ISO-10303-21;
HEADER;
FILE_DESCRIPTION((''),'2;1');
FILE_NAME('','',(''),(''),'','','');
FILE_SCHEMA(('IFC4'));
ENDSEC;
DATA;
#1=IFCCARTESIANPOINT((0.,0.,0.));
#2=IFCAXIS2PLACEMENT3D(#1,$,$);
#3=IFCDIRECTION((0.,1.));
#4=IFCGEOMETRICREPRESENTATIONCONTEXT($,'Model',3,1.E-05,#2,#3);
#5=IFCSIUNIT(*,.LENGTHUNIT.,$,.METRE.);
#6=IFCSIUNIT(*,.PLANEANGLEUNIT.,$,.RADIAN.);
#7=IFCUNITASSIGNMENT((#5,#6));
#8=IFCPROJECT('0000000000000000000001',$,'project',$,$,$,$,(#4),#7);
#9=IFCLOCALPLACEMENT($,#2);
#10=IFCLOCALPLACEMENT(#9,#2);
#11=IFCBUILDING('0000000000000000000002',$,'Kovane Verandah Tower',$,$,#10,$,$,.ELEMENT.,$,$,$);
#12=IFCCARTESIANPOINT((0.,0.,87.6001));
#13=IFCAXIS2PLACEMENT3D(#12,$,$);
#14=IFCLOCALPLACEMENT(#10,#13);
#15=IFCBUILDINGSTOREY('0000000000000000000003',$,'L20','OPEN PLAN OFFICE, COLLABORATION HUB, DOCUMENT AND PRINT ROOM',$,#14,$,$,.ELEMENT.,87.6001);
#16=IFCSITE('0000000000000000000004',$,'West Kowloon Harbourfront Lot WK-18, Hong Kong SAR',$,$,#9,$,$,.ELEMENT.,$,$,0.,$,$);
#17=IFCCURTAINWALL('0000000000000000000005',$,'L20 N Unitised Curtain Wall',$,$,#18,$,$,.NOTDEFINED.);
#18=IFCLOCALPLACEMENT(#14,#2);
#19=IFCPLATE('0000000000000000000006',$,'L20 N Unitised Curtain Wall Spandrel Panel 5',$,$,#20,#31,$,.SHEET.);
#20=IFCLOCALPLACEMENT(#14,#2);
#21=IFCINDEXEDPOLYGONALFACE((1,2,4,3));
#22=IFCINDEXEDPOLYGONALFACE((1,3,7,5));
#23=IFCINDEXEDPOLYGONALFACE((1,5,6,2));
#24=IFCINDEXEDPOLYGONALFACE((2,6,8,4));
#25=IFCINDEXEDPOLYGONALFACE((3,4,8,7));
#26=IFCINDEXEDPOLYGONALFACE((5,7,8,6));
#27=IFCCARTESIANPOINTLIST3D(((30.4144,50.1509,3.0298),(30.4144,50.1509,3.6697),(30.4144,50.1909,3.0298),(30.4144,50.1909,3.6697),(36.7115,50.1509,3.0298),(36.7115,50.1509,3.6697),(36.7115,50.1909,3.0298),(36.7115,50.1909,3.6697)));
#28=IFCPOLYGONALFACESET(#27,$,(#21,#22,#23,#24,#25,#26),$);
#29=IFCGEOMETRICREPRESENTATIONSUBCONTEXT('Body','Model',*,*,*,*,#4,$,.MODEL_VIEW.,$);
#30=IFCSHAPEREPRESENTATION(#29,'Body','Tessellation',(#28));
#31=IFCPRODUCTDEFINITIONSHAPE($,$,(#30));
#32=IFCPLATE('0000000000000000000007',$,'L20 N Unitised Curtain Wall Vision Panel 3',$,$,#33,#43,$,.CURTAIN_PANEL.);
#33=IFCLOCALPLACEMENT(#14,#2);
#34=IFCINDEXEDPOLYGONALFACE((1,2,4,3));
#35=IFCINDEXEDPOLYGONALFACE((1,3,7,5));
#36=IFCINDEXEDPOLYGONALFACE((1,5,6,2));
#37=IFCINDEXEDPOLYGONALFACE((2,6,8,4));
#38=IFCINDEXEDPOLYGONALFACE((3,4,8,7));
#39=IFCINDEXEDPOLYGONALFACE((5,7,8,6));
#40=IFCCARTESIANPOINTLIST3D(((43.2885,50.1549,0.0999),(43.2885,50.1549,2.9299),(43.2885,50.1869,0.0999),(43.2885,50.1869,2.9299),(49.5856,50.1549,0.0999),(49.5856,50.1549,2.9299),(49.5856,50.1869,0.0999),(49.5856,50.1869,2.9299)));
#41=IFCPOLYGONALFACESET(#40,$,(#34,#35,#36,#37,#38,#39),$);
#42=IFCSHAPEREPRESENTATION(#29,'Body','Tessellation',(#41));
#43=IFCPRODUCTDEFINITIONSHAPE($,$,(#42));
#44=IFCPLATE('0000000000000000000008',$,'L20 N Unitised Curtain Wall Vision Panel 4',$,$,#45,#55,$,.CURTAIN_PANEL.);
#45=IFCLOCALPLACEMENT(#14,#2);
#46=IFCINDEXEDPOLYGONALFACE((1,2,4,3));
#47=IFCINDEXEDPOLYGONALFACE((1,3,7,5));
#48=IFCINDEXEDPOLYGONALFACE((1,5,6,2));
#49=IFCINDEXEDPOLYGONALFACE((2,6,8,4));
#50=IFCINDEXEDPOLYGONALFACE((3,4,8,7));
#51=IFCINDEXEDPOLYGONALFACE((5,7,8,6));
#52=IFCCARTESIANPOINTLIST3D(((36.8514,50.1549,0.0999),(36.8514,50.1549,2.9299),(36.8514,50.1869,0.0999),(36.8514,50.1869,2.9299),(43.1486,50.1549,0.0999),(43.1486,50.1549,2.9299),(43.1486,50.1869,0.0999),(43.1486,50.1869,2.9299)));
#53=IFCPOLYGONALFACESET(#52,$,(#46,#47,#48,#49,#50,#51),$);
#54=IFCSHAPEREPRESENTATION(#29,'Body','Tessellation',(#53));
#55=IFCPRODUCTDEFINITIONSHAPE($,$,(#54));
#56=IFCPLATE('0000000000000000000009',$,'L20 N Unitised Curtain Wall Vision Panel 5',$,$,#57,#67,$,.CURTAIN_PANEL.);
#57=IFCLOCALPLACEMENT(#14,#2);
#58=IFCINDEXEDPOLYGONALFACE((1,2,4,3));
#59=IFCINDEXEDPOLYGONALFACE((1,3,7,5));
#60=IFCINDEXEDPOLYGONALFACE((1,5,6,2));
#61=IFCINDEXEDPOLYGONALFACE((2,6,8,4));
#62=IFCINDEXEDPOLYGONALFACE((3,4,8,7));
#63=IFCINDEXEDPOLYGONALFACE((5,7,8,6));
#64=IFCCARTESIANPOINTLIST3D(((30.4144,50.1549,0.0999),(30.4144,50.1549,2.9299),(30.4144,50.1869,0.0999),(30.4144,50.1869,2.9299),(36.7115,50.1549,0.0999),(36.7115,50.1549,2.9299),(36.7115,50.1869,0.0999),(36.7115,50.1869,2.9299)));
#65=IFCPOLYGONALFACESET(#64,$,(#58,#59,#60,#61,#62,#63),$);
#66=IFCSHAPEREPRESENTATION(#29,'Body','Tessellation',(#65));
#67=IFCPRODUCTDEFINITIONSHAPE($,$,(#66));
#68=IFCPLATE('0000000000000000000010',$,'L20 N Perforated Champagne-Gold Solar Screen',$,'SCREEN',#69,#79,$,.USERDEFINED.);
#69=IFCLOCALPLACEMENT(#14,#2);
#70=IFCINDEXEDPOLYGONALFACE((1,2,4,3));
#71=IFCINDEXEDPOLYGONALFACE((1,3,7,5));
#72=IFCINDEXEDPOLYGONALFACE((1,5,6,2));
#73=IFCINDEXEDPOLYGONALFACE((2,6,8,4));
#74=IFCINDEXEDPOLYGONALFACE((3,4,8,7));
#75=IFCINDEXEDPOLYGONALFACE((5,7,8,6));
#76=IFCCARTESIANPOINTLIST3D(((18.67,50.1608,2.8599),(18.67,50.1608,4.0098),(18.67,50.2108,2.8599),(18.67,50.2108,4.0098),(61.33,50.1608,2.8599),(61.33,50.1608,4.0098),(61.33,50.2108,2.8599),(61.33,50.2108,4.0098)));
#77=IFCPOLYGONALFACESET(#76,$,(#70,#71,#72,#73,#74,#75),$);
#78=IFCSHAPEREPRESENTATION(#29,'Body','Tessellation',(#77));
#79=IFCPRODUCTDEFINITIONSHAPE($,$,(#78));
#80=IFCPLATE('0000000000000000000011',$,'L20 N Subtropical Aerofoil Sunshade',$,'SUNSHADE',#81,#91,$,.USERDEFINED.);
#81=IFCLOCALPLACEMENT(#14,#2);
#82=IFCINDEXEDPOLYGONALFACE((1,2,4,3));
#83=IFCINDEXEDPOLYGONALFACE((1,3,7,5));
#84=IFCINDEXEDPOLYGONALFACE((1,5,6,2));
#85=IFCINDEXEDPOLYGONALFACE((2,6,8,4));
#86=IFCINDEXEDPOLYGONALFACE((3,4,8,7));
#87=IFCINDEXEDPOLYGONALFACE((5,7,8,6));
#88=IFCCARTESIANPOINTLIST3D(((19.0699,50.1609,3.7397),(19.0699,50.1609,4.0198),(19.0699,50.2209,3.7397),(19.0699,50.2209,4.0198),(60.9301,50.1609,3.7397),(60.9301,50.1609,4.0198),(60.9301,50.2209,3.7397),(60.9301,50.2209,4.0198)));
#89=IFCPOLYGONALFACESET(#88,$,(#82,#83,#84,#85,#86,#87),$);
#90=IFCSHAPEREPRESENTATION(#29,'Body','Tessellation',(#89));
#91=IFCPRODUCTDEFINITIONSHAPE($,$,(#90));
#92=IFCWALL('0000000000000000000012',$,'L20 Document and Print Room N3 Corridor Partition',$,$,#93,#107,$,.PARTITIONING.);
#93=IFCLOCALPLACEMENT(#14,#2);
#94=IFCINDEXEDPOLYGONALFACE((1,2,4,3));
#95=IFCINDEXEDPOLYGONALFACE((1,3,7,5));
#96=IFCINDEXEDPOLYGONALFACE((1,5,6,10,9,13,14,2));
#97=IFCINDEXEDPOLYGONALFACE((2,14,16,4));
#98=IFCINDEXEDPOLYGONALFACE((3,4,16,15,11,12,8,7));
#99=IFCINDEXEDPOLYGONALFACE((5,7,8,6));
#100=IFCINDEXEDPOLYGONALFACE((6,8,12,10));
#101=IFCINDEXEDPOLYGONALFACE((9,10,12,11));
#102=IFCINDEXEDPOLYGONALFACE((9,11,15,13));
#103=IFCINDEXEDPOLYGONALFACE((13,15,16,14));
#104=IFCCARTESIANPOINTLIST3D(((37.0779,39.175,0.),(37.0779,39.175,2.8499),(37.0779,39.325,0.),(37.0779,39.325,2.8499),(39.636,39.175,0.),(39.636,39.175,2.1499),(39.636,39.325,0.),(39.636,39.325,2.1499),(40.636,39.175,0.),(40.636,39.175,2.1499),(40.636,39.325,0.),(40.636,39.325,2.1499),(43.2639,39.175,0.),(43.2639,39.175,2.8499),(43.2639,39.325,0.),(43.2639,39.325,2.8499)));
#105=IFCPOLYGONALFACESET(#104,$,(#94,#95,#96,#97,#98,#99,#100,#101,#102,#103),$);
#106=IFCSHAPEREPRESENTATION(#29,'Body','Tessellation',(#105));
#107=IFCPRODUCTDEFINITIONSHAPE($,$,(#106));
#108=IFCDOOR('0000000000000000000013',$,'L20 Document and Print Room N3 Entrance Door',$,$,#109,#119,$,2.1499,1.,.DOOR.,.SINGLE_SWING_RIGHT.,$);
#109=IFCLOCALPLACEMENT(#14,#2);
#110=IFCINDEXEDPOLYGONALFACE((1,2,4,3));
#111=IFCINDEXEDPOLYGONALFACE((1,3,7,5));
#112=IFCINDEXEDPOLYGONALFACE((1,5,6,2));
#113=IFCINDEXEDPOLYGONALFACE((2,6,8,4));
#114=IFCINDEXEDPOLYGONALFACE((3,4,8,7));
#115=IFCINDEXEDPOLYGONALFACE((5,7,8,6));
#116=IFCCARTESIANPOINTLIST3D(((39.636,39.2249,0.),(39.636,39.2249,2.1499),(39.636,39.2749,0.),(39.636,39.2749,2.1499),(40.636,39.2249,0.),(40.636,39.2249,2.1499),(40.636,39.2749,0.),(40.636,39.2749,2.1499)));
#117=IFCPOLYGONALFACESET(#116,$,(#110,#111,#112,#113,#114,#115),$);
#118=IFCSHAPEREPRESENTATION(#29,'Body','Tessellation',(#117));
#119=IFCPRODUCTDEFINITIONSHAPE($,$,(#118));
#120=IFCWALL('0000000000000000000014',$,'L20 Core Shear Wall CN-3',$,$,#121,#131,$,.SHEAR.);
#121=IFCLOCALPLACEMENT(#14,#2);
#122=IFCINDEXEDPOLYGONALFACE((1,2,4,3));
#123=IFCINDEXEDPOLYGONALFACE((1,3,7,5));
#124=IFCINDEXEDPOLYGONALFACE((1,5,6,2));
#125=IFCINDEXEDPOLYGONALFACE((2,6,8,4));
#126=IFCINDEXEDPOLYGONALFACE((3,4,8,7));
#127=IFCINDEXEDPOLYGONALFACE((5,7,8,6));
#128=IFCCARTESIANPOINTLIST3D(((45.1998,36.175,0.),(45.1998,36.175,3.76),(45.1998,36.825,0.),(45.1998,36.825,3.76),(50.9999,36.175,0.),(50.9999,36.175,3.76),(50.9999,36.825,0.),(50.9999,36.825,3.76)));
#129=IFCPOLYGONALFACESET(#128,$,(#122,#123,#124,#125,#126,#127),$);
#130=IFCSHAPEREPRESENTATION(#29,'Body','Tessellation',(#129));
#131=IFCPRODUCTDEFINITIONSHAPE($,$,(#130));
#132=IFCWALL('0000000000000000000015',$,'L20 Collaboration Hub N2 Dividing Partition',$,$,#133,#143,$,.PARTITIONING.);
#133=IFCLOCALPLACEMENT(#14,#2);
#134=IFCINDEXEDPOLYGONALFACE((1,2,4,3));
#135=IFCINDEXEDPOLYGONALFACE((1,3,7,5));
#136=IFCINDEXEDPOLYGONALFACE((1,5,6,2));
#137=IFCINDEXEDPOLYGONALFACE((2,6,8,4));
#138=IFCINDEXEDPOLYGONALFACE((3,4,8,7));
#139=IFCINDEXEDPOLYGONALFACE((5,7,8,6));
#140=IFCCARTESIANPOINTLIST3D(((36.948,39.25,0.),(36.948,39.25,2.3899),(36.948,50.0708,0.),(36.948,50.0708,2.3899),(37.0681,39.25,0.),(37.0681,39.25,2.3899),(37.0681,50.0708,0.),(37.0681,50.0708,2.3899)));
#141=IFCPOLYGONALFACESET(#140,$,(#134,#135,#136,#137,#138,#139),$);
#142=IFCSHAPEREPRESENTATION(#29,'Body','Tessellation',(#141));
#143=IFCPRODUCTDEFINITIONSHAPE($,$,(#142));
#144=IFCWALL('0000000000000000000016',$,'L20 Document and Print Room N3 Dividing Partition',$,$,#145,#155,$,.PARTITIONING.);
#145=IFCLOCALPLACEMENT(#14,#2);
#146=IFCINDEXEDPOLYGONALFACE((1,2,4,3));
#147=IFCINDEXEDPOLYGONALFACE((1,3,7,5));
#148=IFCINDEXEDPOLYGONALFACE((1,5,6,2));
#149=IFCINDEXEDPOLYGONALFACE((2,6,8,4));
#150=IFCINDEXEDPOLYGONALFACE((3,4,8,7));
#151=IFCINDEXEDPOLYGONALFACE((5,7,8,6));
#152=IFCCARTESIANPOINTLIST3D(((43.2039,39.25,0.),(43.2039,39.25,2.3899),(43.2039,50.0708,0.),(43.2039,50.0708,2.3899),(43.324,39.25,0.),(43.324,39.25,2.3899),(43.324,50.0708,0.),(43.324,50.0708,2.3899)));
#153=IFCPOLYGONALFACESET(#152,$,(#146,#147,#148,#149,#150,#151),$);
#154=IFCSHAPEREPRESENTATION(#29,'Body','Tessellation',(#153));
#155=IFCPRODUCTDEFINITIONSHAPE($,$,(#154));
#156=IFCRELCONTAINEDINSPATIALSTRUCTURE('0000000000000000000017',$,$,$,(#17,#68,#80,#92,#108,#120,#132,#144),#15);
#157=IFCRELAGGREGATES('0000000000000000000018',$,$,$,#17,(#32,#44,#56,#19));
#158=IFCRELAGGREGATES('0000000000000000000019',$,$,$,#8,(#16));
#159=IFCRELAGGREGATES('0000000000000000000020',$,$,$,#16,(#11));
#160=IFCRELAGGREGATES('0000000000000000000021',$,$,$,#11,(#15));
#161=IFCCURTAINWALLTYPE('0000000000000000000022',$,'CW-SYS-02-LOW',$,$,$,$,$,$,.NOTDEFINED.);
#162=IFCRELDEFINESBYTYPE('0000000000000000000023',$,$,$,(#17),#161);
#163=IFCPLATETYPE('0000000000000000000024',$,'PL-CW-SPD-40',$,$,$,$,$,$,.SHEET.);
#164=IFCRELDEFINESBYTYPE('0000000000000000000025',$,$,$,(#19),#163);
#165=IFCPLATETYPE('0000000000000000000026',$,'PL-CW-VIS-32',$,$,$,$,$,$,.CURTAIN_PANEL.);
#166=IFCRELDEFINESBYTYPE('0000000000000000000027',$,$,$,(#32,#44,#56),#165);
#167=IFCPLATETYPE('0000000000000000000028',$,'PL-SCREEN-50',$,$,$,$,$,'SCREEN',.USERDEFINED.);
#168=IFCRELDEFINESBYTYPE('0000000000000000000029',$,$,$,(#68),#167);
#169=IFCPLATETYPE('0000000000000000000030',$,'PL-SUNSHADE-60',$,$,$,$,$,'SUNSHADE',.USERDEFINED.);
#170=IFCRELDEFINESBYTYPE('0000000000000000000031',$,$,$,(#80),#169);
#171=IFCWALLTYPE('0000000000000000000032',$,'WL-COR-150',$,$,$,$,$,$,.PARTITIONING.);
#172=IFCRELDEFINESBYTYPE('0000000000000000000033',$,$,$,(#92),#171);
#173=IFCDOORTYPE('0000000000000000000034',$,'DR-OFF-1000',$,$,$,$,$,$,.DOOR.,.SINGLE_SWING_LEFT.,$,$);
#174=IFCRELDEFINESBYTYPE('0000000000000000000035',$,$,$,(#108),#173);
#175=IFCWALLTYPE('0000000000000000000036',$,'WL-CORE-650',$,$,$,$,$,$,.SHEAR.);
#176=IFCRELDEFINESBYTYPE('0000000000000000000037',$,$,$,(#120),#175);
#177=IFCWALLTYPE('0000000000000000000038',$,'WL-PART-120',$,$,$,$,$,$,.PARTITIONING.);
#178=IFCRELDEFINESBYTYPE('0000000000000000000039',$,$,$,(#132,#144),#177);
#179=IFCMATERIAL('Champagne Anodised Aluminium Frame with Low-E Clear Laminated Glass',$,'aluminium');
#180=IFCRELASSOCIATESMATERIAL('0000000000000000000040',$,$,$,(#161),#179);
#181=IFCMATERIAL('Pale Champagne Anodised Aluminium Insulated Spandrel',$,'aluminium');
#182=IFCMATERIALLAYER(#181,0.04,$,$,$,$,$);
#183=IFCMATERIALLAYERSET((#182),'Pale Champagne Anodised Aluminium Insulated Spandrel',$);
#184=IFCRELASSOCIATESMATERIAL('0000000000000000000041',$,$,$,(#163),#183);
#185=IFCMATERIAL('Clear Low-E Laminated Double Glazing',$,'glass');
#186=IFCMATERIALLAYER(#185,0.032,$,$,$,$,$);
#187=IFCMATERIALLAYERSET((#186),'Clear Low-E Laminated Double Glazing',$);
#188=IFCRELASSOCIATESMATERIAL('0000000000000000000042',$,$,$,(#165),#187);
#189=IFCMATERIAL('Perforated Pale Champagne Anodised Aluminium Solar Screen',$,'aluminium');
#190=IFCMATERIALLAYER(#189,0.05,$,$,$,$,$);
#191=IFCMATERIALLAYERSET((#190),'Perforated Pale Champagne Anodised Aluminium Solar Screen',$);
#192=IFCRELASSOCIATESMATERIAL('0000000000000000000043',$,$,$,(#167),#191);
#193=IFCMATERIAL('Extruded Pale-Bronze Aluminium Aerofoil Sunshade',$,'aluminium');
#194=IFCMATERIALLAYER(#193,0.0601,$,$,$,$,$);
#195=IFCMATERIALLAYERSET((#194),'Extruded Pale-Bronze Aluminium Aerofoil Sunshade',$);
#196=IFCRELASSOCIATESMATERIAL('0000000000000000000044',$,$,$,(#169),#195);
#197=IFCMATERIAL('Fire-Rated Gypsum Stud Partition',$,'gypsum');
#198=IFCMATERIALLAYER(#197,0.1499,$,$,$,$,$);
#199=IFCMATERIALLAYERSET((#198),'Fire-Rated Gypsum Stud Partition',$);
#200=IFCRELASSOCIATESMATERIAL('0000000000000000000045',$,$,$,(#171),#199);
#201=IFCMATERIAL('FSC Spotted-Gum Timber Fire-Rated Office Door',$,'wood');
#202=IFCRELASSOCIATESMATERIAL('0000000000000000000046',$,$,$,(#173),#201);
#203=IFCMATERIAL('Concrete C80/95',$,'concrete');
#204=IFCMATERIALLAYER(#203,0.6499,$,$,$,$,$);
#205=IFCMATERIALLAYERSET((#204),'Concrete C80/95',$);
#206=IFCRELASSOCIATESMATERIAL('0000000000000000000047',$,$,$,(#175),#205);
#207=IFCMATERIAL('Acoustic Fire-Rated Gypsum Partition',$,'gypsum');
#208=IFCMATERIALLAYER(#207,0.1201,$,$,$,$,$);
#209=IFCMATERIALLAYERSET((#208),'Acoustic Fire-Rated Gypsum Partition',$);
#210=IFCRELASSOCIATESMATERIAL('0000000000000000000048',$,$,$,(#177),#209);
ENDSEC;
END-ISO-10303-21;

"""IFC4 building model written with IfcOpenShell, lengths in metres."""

from ifc_helpers import new_model, si_unit, direction, frame, frame_2d, origin, origin_2d, place, context, subcontext, project, spatial, rectangle, extrude, material, layer, layer_set, type_object, element, fill, aggregate, save


model = new_model("IFC4")

# Units and contexts
model_context = context("Model", 3, precision=1e-05, world=origin(), true_north=direction((0.0, 1.0)))
body_context = subcontext(model_context, "Body", "Model", "MODEL_VIEW")
ifc_project = project(units=[si_unit("LENGTHUNIT", "METRE"), si_unit("PLANEANGLEUNIT", "RADIAN")], contexts=[model_context])

# Site, building, storey
site_placement = place(None, origin())
site = spatial("IfcSite", under=ifc_project, at=site_placement, Name="West Kowloon Harbourfront Lot WK-18, Hong Kong SAR", CompositionType="ELEMENT", RefElevation=0.0)
building_placement = place(site_placement, origin())
building = spatial("IfcBuilding", under=site, at=building_placement, Name="Kovane Verandah Tower", CompositionType="ELEMENT")
storey_placement = place(building_placement, frame((0.0, 0.0, 87.6001)))
storey = spatial("IfcBuildingStorey", under=building, at=storey_placement, Name="L20", Description="OPEN PLAN OFFICE, COLLABORATION HUB, DOCUMENT AND PRINT ROOM", CompositionType="ELEMENT", Elevation=87.6001)

# Shared definitions
ifc_material_1 = material(Name="Concrete C80/95", Category="concrete")

# Curtain wall, plates
ifc_material_2 = material(Name="Champagne Anodised Aluminium Frame with Low-E Clear Laminated Glass", Category="aluminium")
curtain_wall_type = type_object("IfcCurtainWallType", Name="CW-SYS-02-LOW", PredefinedType="NOTDEFINED", material=ifc_material_2)
curtain_wall_placement = place(storey_placement, origin())
curtain_wall = element("IfcCurtainWall", 1, at=curtain_wall_placement, inside=storey, type_object=curtain_wall_type, Name="L20 N Unitised Curtain Wall", PredefinedType="NOTDEFINED")
ifc_material_3 = material(Name="Pale Champagne Anodised Aluminium Insulated Spandrel", Category="aluminium")
ifc_layer_1 = layer(ifc_material_3, 0.04)
ifc_layer_set_1 = layer_set([ifc_layer_1], Name="Pale Champagne Anodised Aluminium Insulated Spandrel")
plate_type_1 = type_object("IfcPlateType", Name="PL-CW-SPD-40", PredefinedType="SHEET", material=ifc_layer_set_1)
plate_1_placement = place(storey_placement, frame((33.563, 50.1709, 3.0298), z_axis=(0.0, 0.0, 1.0), x_axis=(-1.0, 0.0, 0.0)))
plate_1 = element("IfcPlate", 2, at=plate_1_placement, type_object=plate_type_1, Name="L20 N Unitised Curtain Wall Spandrel Panel 5", PredefinedType="SHEET", context=body_context, shape_type="SweptSolid", body=[
    extrude(rectangle(XDim=6.2971, YDim=0.04, at=origin_2d()), origin(), (0.0, 0.0, 1.0), 0.6399),
])
ifc_material_4 = material(Name="Clear Low-E Laminated Double Glazing", Category="glass")
ifc_layer_2 = layer(ifc_material_4, 0.032)
ifc_layer_set_2 = layer_set([ifc_layer_2], Name="Clear Low-E Laminated Double Glazing")
plate_type_2 = type_object("IfcPlateType", Name="PL-CW-VIS-32", PredefinedType="CURTAIN_PANEL", material=ifc_layer_set_2)
plate_2_placement = place(storey_placement, frame((46.437, 50.1709, 0.0999), z_axis=(0.0, 0.0, 1.0), x_axis=(-1.0, 0.0, 0.0)))
plate_2 = element("IfcPlate", 3, at=plate_2_placement, type_object=plate_type_2, Name="L20 N Unitised Curtain Wall Vision Panel 3", PredefinedType="CURTAIN_PANEL", context=body_context, shape_type="SweptSolid", body=[
    extrude(rectangle(XDim=6.2971, YDim=0.032, at=origin_2d()), origin(), (0.0, 0.0, 1.0), 2.8301),
])
plate_3_placement = place(storey_placement, frame((40.0, 50.1709, 0.0999), z_axis=(0.0, 0.0, 1.0), x_axis=(-1.0, 0.0, 0.0)))
plate_3 = element("IfcPlate", 4, at=plate_3_placement, type_object=plate_type_2, Name="L20 N Unitised Curtain Wall Vision Panel 4", PredefinedType="CURTAIN_PANEL", context=body_context, shape_type="SweptSolid", body=[
    extrude(rectangle(XDim=6.2971, YDim=0.032, at=origin_2d()), origin(), (0.0, 0.0, 1.0), 2.8301),
])
plate_4_placement = place(storey_placement, frame((33.563, 50.1709, 0.0999), z_axis=(0.0, 0.0, 1.0), x_axis=(-1.0, 0.0, 0.0)))
plate_4 = element("IfcPlate", 5, at=plate_4_placement, type_object=plate_type_2, Name="L20 N Unitised Curtain Wall Vision Panel 5", PredefinedType="CURTAIN_PANEL", context=body_context, shape_type="SweptSolid", body=[
    extrude(rectangle(XDim=6.2971, YDim=0.032, at=origin_2d()), origin(), (0.0, 0.0, 1.0), 2.8301),
])
aggregate(curtain_wall, [plate_2, plate_3, plate_4, plate_1])

# Plates
ifc_material_5 = material(Name="Perforated Pale Champagne Anodised Aluminium Solar Screen", Category="aluminium")
ifc_layer_3 = layer(ifc_material_5, 0.05)
ifc_layer_set_3 = layer_set([ifc_layer_3], Name="Perforated Pale Champagne Anodised Aluminium Solar Screen")
plate_type_3 = type_object("IfcPlateType", Name="PL-SCREEN-50", ElementType="SCREEN", PredefinedType="USERDEFINED", material=ifc_layer_set_3)
plate_5_placement = place(storey_placement, frame((40.0, 50.1858, 2.8599), z_axis=(0.0, 0.0, 1.0), x_axis=(-1.0, 0.0, 0.0)))
element("IfcPlate", 6, at=plate_5_placement, inside=storey, type_object=plate_type_3, Name="L20 N Perforated Champagne-Gold Solar Screen", ObjectType="SCREEN", PredefinedType="USERDEFINED", context=body_context, shape_type="SweptSolid", body=[
    extrude(rectangle(XDim=42.6599, YDim=0.05, at=origin_2d()), origin(), (0.0, 0.0, 1.0), 1.1499),
])
ifc_material_6 = material(Name="Extruded Pale-Bronze Aluminium Aerofoil Sunshade", Category="aluminium")
ifc_layer_4 = layer(ifc_material_6, 0.0601)
ifc_layer_set_4 = layer_set([ifc_layer_4], Name="Extruded Pale-Bronze Aluminium Aerofoil Sunshade")
plate_type_4 = type_object("IfcPlateType", Name="PL-SUNSHADE-60", ElementType="SUNSHADE", PredefinedType="USERDEFINED", material=ifc_layer_set_4)
plate_6_placement = place(storey_placement, frame((40.0, 50.1909, 3.7397), z_axis=(0.0, 0.0, 1.0), x_axis=(-1.0, 0.0, 0.0)))
element("IfcPlate", 7, at=plate_6_placement, inside=storey, type_object=plate_type_4, Name="L20 N Subtropical Aerofoil Sunshade", ObjectType="SUNSHADE", PredefinedType="USERDEFINED", context=body_context, shape_type="SweptSolid", body=[
    extrude(rectangle(XDim=41.8601, YDim=0.0601, at=origin_2d()), origin(), (0.0, 0.0, 1.0), 0.28),
])

# Wall, opening, door
ifc_material_7 = material(Name="Fire-Rated Gypsum Stud Partition", Category="gypsum")
ifc_layer_5 = layer(ifc_material_7, 0.1499)
ifc_layer_set_5 = layer_set([ifc_layer_5], Name="Fire-Rated Gypsum Stud Partition")
wall_type_1 = type_object("IfcWallType", Name="WL-COR-150", PredefinedType="PARTITIONING", material=ifc_layer_set_5)
wall_1_placement = place(storey_placement, frame((37.0779, 39.25, 0.0), z_axis=(0.0, 0.0, 1.0), x_axis=(1.0, 0.0, 0.0)))
wall_1 = element("IfcWall", 8, at=wall_1_placement, inside=storey, type_object=wall_type_1, Name="L20 Document and Print Room N3 Corridor Partition", PredefinedType="PARTITIONING", context=body_context, shape_type="SweptSolid", body=[
    extrude(rectangle(XDim=6.186, YDim=0.1499, at=frame_2d((3.093, 0.0))), origin(), (0.0, 0.0, 1.0), 2.8499),
])
opening_1_placement = place(wall_1_placement, frame((2.5581, 0.0, 0.0)))
opening_1 = element("IfcOpeningElement", 9, at=opening_1_placement, cuts=wall_1, PredefinedType="OPENING", context=body_context, shape_type="SweptSolid", body=[
    extrude(rectangle(XDim=1.0, YDim=2.1499, at=frame_2d((0.5, 1.075))), frame((0.0, 0.075, 0.0), z_axis=(0.0, -1.0, 0.0), x_axis=(1.0, 0.0, 0.0)), (0.0, 0.0, 1.0), 0.1499),
])
ifc_material_8 = material(Name="FSC Spotted-Gum Timber Fire-Rated Office Door", Category="wood")
door_type = type_object("IfcDoorType", Name="DR-OFF-1000", OperationType="SINGLE_SWING_LEFT", PredefinedType="DOOR", material=ifc_material_8)
door_1_placement = place(opening_1_placement, origin())
door_1 = element("IfcDoor", 10, at=door_1_placement, inside=storey, type_object=door_type, Name="L20 Document and Print Room N3 Entrance Door", OperationType="SINGLE_SWING_RIGHT", OverallHeight=2.1499, OverallWidth=1.0, PredefinedType="DOOR", context=body_context, shape_type="SweptSolid", body=[
    extrude(rectangle(XDim=1.0, YDim=2.1499, at=frame_2d((0.5, 1.075))), frame((0.0, 0.0249, 0.0), z_axis=(0.0, -1.0, 0.0), x_axis=(1.0, 0.0, 0.0)), (0.0, 0.0, 1.0), 0.05),
])
fill(opening_1, door_1)

# Walls
ifc_layer_6 = layer(ifc_material_1, 0.6499)
ifc_layer_set_6 = layer_set([ifc_layer_6], Name="Concrete C80/95")
wall_type_2 = type_object("IfcWallType", Name="WL-CORE-650", PredefinedType="SHEAR", material=ifc_layer_set_6)
wall_2_placement = place(storey_placement, frame((45.2, 36.5, 0.0), z_axis=(0.0, 0.0, 1.0), x_axis=(1.0, 0.0, 0.0)))
element("IfcWall", 11, at=wall_2_placement, inside=storey, type_object=wall_type_2, Name="L20 Core Shear Wall CN-3", PredefinedType="SHEAR", context=body_context, shape_type="SweptSolid", body=[
    extrude(rectangle(XDim=5.8, YDim=0.6499, at=frame_2d((2.8999, 0.0))), origin(), (0.0, 0.0, 1.0), 3.76),
])
ifc_material_9 = material(Name="Acoustic Fire-Rated Gypsum Partition", Category="gypsum")
ifc_layer_7 = layer(ifc_material_9, 0.1201)
ifc_layer_set_7 = layer_set([ifc_layer_7], Name="Acoustic Fire-Rated Gypsum Partition")
wall_type_3 = type_object("IfcWallType", Name="WL-PART-120", PredefinedType="PARTITIONING", material=ifc_layer_set_7)
for number, where, z_axis, x_axis, name in (
    (12, (37.0081, 39.25, 0.0), (0.0, 0.0, 1.0), (0.0, 1.0, 0.0), "L20 Collaboration Hub N2 Dividing Partition"),
    (13, (43.2639, 39.25, 0.0), (0.0, 0.0, 1.0), (0.0, 1.0, 0.0), "L20 Document and Print Room N3 Dividing Partition"),
):
    element("IfcWall", number, at=place(storey_placement, frame(where, z_axis=z_axis, x_axis=x_axis)), inside=storey, type_object=wall_type_3, Name=name, PredefinedType="PARTITIONING", context=body_context, shape_type="SweptSolid", body=[
        extrude(rectangle(XDim=10.8208, YDim=0.1201, at=frame_2d((5.4104, 0.0))), origin(), (0.0, 0.0, 1.0), 2.3899),
    ])

save(model, "model.ifc")
